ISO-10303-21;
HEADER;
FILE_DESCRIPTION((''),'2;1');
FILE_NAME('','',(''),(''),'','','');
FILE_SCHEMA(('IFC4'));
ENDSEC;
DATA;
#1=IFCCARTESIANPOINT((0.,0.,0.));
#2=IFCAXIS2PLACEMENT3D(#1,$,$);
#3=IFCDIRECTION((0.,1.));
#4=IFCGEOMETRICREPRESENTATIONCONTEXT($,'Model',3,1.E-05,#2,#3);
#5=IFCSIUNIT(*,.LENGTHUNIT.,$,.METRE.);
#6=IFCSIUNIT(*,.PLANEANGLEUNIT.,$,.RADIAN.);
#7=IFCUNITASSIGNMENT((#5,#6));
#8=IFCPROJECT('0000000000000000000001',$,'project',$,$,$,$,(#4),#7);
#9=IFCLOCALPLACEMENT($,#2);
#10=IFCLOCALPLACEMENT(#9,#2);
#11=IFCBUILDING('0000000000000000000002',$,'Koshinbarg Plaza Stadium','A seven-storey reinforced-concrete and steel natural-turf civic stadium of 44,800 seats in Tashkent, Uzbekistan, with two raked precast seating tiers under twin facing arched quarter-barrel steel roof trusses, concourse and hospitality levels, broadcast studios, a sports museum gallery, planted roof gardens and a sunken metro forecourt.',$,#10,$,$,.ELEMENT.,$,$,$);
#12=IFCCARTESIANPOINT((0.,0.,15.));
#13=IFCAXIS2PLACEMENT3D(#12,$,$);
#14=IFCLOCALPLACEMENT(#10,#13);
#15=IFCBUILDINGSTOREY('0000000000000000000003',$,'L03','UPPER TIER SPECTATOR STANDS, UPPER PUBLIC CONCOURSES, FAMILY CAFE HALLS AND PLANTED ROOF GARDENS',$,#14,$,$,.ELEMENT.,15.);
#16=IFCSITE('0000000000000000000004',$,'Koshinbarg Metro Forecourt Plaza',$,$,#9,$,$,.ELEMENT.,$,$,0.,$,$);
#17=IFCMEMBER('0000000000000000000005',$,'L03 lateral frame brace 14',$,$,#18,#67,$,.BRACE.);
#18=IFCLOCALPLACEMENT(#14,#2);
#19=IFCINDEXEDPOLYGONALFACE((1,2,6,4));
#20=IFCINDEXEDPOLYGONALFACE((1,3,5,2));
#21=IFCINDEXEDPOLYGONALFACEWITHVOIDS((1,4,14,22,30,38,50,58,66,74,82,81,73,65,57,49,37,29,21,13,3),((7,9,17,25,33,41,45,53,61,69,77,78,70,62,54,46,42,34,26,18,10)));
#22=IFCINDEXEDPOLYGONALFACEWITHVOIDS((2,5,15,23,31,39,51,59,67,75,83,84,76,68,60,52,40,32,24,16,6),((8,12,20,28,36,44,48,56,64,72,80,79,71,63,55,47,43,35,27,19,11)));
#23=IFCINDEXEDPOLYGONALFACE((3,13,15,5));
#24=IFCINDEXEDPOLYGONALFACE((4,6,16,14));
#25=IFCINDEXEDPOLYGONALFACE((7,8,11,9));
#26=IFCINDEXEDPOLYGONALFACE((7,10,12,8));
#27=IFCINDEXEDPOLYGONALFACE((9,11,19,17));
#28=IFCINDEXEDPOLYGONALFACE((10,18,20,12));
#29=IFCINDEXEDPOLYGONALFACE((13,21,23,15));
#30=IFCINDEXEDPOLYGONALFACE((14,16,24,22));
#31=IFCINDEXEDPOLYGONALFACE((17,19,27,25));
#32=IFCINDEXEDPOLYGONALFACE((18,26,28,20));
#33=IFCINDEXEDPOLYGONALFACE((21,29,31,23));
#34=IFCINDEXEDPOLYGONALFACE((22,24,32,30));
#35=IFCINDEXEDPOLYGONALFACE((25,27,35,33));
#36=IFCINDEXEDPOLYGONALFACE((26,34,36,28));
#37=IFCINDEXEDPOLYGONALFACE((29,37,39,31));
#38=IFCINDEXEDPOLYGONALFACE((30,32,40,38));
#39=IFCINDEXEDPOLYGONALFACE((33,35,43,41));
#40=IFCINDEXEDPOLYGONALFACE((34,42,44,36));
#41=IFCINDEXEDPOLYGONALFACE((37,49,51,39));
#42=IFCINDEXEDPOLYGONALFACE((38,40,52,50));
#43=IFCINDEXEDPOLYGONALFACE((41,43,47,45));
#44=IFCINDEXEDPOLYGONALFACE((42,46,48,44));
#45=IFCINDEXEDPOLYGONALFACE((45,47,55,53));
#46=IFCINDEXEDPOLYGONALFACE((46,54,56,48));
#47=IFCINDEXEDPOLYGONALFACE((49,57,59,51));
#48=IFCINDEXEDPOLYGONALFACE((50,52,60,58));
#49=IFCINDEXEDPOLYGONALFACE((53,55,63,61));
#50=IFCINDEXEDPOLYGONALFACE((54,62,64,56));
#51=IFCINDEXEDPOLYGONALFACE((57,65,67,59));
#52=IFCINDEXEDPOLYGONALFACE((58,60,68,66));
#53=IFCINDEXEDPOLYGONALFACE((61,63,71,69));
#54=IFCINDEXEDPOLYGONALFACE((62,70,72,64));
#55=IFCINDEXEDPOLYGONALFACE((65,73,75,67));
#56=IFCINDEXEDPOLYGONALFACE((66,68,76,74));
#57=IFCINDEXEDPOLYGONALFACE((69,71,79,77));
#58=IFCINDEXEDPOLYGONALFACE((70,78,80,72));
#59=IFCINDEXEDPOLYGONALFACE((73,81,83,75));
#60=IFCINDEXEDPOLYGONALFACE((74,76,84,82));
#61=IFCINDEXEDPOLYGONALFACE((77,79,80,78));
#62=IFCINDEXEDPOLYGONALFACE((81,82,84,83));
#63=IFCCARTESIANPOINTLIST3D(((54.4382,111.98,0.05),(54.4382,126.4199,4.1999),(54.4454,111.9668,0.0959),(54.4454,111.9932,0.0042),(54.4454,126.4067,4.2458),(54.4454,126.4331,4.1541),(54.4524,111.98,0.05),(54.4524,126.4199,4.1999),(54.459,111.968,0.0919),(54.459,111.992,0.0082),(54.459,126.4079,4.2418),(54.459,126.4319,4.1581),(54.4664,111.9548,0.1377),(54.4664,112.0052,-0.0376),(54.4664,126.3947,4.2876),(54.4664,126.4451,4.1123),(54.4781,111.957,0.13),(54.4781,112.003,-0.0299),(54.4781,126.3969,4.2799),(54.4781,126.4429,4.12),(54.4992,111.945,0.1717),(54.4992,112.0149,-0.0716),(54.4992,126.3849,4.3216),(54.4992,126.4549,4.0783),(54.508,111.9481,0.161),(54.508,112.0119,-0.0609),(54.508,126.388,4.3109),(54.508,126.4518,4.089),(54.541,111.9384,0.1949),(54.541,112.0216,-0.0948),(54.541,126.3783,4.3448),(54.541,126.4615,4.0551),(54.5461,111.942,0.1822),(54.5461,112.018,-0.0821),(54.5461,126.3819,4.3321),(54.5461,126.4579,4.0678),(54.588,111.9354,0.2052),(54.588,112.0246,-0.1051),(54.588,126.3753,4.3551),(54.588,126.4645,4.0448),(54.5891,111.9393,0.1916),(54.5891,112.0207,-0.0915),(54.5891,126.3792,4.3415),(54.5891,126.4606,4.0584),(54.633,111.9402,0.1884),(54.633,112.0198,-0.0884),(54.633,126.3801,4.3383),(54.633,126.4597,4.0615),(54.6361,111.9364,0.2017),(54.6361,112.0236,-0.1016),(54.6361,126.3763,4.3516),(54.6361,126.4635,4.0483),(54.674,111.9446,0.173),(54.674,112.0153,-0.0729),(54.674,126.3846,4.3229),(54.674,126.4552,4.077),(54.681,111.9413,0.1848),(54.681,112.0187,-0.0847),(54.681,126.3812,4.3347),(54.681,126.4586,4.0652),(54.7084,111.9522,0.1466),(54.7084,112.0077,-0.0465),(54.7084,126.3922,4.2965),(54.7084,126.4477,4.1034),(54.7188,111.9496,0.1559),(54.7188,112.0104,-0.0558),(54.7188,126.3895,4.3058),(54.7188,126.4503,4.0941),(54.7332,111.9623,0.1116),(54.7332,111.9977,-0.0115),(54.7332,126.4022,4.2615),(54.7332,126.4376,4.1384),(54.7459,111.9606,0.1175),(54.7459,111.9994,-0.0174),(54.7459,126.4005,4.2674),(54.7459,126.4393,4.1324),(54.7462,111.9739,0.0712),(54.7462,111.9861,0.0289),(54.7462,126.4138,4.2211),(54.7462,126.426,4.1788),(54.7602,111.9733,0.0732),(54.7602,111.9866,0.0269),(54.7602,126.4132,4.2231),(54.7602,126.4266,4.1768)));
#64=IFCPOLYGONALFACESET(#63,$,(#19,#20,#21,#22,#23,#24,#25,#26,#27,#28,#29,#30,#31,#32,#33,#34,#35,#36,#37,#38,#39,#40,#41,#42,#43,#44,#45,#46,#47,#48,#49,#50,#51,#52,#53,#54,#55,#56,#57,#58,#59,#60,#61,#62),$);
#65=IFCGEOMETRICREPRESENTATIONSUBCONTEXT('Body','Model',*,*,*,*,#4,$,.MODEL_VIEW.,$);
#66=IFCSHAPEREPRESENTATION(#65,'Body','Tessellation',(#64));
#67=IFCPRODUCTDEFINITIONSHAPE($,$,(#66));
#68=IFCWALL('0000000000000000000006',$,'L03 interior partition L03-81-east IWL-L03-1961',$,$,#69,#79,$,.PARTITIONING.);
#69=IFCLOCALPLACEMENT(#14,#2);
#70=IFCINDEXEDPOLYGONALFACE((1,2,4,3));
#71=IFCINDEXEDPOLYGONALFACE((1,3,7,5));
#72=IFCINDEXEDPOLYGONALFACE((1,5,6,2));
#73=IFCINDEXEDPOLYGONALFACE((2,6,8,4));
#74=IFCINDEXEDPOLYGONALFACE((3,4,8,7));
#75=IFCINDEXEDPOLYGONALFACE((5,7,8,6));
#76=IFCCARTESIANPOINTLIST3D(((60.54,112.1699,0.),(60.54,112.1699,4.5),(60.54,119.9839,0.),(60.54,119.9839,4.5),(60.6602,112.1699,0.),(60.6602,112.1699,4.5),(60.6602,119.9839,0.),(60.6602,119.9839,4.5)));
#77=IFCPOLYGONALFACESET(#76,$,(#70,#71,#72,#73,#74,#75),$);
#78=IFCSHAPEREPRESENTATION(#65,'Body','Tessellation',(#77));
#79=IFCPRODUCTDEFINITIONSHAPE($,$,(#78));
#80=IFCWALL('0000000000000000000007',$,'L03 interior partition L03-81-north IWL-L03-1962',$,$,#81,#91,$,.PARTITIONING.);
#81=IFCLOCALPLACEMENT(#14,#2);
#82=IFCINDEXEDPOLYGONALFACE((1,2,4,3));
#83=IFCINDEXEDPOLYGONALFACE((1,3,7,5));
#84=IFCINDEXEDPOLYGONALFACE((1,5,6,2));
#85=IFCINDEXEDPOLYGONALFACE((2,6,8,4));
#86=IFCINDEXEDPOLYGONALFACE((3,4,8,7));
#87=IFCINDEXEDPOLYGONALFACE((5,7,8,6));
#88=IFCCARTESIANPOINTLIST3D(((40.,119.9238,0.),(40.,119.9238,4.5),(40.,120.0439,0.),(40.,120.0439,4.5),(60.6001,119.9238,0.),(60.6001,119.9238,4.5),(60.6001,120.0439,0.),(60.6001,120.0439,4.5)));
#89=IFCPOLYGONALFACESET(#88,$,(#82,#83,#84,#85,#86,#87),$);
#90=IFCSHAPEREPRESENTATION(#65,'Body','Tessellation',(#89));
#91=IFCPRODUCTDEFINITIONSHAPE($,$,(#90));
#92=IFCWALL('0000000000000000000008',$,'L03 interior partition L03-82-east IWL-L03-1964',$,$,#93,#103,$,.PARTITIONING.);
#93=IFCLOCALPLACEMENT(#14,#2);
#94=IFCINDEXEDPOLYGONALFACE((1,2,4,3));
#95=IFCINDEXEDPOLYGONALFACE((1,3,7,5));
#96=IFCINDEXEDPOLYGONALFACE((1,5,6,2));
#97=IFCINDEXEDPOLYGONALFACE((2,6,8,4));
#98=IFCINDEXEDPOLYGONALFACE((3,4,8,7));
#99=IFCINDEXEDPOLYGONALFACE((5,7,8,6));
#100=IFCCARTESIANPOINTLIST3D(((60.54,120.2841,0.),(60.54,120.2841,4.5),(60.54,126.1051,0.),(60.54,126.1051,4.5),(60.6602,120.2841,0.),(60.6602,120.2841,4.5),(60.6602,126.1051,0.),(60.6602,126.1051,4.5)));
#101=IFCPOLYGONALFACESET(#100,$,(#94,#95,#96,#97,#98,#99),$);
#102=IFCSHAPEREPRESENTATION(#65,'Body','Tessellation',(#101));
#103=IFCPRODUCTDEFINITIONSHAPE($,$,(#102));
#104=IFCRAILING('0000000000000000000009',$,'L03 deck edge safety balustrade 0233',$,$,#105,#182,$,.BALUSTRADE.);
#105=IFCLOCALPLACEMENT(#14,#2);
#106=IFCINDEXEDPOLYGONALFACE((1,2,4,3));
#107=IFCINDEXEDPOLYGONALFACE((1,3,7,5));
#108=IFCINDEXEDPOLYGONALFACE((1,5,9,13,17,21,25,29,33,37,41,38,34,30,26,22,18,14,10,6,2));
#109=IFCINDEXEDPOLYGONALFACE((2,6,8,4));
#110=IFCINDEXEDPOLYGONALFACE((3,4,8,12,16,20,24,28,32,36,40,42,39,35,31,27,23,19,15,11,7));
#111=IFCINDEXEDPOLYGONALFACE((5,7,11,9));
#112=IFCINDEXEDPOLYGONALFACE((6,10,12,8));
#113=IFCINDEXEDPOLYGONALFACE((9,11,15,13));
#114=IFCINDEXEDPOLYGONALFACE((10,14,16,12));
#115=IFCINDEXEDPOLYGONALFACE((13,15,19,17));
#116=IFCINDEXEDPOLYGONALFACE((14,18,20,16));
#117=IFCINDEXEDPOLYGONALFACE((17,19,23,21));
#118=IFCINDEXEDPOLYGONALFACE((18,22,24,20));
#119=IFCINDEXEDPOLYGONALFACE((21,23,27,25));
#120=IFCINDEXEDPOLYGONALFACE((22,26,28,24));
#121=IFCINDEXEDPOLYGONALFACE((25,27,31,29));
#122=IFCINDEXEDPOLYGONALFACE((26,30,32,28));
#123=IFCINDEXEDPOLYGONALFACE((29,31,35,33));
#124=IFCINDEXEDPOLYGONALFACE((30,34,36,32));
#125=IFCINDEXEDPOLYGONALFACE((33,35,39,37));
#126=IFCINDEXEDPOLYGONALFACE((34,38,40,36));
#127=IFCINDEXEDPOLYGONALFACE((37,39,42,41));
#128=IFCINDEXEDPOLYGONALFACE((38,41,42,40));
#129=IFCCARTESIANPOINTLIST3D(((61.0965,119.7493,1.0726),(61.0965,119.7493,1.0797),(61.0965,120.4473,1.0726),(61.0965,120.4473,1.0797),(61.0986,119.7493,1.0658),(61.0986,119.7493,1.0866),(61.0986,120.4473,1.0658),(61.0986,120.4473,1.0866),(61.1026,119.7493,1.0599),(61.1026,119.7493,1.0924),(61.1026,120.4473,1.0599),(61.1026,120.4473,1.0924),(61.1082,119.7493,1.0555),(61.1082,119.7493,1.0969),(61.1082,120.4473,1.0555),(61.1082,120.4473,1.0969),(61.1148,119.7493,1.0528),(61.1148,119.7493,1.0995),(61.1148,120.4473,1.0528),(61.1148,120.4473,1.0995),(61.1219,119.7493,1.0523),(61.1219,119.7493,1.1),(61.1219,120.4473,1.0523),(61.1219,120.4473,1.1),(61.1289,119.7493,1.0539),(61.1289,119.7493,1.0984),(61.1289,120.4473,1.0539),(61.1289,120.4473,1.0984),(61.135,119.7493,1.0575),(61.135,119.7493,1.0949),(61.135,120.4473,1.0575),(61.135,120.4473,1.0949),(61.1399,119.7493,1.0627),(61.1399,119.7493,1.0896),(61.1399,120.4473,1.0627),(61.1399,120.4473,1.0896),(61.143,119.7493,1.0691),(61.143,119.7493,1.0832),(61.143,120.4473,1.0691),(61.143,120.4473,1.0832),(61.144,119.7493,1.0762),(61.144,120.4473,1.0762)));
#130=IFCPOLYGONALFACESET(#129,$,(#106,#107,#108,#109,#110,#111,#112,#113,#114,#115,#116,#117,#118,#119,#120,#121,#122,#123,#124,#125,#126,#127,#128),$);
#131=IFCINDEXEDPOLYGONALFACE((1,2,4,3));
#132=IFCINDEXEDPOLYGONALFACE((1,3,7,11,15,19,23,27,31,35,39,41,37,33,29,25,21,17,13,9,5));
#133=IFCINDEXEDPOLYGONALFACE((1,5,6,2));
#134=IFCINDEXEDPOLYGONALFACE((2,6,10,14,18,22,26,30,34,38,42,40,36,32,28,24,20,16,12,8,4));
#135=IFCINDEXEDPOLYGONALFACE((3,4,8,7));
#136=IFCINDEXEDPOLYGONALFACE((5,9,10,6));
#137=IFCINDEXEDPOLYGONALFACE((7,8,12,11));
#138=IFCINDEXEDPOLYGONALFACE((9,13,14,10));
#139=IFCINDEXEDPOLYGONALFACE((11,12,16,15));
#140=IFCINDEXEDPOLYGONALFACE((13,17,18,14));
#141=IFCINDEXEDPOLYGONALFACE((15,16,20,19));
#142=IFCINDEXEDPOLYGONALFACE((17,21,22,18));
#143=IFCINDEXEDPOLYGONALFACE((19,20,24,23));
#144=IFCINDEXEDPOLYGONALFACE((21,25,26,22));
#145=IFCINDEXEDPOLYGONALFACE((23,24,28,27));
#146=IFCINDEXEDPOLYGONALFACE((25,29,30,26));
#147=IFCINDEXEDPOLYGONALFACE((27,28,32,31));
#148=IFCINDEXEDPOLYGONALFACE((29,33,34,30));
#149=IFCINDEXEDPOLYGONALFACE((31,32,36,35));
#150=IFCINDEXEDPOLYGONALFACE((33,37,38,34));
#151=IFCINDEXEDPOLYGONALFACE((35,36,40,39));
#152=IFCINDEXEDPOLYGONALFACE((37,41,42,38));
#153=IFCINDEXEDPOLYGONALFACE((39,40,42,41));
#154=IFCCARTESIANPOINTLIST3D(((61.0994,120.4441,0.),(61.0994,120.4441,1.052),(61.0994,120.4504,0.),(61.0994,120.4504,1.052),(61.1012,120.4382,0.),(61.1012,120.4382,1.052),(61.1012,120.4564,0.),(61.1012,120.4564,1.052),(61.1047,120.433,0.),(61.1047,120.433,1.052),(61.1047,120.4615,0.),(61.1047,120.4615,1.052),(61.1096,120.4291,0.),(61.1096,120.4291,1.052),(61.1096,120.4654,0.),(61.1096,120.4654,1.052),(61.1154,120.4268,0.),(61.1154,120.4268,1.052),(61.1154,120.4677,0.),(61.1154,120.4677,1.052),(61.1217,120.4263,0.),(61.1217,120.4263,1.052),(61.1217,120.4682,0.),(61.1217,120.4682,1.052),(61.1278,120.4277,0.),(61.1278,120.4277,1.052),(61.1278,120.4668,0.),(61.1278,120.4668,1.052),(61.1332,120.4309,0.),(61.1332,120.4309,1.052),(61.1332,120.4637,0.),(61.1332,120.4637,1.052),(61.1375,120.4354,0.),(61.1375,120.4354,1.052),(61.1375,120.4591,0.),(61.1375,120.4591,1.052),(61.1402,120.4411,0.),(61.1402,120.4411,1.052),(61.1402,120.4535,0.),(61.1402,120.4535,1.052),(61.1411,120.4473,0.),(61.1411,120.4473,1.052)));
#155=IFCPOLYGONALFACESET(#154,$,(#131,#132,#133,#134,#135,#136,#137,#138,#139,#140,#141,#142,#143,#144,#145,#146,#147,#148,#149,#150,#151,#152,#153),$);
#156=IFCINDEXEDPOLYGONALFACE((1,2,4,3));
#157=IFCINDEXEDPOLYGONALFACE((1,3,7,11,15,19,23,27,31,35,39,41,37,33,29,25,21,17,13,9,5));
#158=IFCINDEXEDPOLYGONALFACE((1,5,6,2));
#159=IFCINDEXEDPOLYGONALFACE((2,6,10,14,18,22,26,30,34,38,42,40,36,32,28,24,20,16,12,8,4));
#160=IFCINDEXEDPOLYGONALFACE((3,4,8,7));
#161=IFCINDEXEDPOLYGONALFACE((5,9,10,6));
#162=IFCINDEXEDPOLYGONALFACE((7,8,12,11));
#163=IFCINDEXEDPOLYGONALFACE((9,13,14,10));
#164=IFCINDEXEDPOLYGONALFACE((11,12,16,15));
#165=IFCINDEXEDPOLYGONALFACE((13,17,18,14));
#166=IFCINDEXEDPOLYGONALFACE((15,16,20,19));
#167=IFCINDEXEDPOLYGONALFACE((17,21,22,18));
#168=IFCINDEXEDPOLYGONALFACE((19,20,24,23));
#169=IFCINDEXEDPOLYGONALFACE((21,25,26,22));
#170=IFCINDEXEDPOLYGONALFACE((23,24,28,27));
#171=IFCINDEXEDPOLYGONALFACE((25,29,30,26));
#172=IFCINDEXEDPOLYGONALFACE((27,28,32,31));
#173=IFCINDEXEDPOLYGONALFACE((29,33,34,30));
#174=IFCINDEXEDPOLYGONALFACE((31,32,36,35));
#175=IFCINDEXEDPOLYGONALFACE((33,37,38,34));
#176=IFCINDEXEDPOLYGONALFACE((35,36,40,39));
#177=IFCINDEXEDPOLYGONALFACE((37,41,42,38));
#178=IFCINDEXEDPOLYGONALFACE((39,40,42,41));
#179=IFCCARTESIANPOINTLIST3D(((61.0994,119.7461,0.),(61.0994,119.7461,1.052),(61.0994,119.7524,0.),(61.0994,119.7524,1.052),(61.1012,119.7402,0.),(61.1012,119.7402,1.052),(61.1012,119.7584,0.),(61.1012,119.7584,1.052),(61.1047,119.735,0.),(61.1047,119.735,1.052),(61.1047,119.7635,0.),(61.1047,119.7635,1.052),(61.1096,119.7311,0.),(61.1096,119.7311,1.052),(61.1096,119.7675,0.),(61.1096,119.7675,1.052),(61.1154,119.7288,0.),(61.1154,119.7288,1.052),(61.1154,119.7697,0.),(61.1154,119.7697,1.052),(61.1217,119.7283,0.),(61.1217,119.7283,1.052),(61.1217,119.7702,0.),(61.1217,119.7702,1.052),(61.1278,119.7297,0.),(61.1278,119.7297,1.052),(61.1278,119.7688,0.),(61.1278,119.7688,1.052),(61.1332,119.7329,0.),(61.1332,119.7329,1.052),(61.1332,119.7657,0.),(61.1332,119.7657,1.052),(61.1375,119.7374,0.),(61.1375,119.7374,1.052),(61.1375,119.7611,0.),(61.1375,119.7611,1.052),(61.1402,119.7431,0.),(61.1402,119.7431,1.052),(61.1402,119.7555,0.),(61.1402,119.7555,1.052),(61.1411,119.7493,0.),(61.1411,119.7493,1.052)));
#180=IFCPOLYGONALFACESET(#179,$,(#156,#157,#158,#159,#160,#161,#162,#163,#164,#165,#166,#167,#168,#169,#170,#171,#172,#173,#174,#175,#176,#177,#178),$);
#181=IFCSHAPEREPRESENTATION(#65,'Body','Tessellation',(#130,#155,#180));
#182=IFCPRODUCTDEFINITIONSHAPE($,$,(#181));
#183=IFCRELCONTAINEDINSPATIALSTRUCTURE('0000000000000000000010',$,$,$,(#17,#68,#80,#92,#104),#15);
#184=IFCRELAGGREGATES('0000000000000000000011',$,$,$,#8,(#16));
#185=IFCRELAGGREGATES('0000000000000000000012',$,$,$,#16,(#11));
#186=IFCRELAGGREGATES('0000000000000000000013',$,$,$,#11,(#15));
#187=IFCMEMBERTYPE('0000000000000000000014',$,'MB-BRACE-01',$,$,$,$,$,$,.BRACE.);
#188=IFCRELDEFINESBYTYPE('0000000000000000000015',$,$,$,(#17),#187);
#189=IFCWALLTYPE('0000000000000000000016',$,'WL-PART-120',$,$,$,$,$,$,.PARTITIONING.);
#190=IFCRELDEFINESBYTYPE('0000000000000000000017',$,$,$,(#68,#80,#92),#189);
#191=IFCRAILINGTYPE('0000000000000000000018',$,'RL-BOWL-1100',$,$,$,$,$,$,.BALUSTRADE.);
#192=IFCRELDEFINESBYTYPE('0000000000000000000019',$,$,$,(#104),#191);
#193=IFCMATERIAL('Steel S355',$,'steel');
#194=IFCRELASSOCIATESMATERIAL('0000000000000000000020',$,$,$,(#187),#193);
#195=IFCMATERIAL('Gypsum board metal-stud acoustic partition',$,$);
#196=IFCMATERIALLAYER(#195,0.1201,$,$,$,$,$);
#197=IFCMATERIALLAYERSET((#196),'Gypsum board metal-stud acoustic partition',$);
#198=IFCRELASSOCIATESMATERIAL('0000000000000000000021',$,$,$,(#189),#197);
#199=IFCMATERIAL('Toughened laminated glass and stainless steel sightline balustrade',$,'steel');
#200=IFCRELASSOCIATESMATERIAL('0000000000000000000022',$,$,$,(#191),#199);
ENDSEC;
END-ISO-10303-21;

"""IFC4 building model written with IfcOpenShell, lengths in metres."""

from ifc_helpers import new_model, si_unit, direction, frame, frame_2d, origin, origin_2d, place, context, subcontext, project, spatial, rectangle, circle, hollow_circle, extrude, material, layer, layer_set, material_profile, profile_set, type_object, element, save


model = new_model("IFC4")

# Units and contexts
model_context = context("Model", 3, precision=1e-05, world=origin(), true_north=direction((0.0, 1.0)))
body_context = subcontext(model_context, "Body", "Model", "MODEL_VIEW")
ifc_project = project(units=[si_unit("LENGTHUNIT", "METRE"), si_unit("PLANEANGLEUNIT", "RADIAN")], contexts=[model_context])

# Site, building, storey
site_placement = place(None, origin())
site = spatial("IfcSite", under=ifc_project, at=site_placement, Name="Koshinbarg Metro Forecourt Plaza", CompositionType="ELEMENT", RefElevation=0.0)
building_placement = place(site_placement, origin())
building = spatial("IfcBuilding", under=site, at=building_placement, Name="Koshinbarg Plaza Stadium", Description="A seven-storey reinforced-concrete and steel natural-turf civic stadium of 44,800 seats in Tashkent, Uzbekistan, with two raked precast seating tiers under twin facing arched quarter-barrel steel roof trusses, concourse and hospitality levels, broadcast studios, a sports museum gallery, planted roof gardens and a sunken metro forecourt.", CompositionType="ELEMENT")
storey_placement = place(building_placement, frame((0.0, 0.0, 15.0)))
storey = spatial("IfcBuildingStorey", under=building, at=storey_placement, Name="L03", Description="UPPER TIER SPECTATOR STANDS, UPPER PUBLIC CONCOURSES, FAMILY CAFE HALLS AND PLANTED ROOF GARDENS", CompositionType="ELEMENT", Elevation=15.0)

# Shared definitions
ifc_material_1 = material(Name="Steel S355", Category="steel")

# Member
ifc_material_profile_1 = material_profile(ifc_material_1, hollow_circle(Radius=0.1619, WallThickness=0.0142, at=origin_2d()), Name="CHS 323.9x14.2")
ifc_profile_set_1 = profile_set([ifc_material_profile_1], Name="Steel S355")
member_type = type_object("IfcMemberType", Name="MB-BRACE-01", PredefinedType="BRACE", material=ifc_profile_set_1)
member_placement = place(storey_placement, frame((54.6001, 111.98, 0.05), z_axis=(0.0, 0.961097, 0.27621), x_axis=(-1.0, 0.0, 0.0)))
element("IfcMember", 1, at=member_placement, inside=storey, type_object=member_type, Name="L03 lateral frame brace 14", PredefinedType="BRACE", context=body_context, shape_type="SweptSolid", body=[
    extrude(hollow_circle(Radius=0.1619, WallThickness=0.0142, at=origin_2d()), origin(), (0.0, 0.0, 1.0), 15.0244),
])

# Walls
ifc_material_2 = material(Name="Gypsum board metal-stud acoustic partition")
ifc_layer = layer(ifc_material_2, 0.1201)
ifc_layer_set = layer_set([ifc_layer], Name="Gypsum board metal-stud acoustic partition")
wall_type = type_object("IfcWallType", Name="WL-PART-120", PredefinedType="PARTITIONING", material=ifc_layer_set)
wall_1_placement = place(storey_placement, frame((60.6001, 112.1699, 0.0), z_axis=(0.0, 0.0, 1.0), x_axis=(0.0, 1.0, 0.0)))
element("IfcWall", 2, at=wall_1_placement, inside=storey, type_object=wall_type, Name="L03 interior partition L03-81-east IWL-L03-1961", PredefinedType="PARTITIONING", context=body_context, shape_type="SweptSolid", body=[
    extrude(rectangle(XDim=7.814, YDim=0.1201, at=frame_2d((3.907, 0.0))), origin(), (0.0, 0.0, 1.0), 4.5),
])
wall_2_placement = place(storey_placement, frame((60.6001, 119.9839, 0.0), z_axis=(0.0, 0.0, 1.0), x_axis=(-1.0, 0.0, 0.0)))
element("IfcWall", 3, at=wall_2_placement, inside=storey, type_object=wall_type, Name="L03 interior partition L03-81-north IWL-L03-1962", PredefinedType="PARTITIONING", context=body_context, shape_type="SweptSolid", body=[
    extrude(rectangle(XDim=20.6001, YDim=0.1201, at=frame_2d((10.3, 0.0))), origin(), (0.0, 0.0, 1.0), 4.5),
])
wall_3_placement = place(storey_placement, frame((60.6001, 120.2839, 0.0), z_axis=(0.0, 0.0, 1.0), x_axis=(0.0, 1.0, 0.0)))
element("IfcWall", 4, at=wall_3_placement, inside=storey, type_object=wall_type, Name="L03 interior partition L03-82-east IWL-L03-1964", PredefinedType="PARTITIONING", context=body_context, shape_type="SweptSolid", body=[
    extrude(rectangle(XDim=5.821, YDim=0.1201, at=frame_2d((2.9106, 0.0))), origin(), (0.0, 0.0, 1.0), 4.5),
])

# Railing
ifc_material_3 = material(Name="Toughened laminated glass and stainless steel sightline balustrade", Category="steel")
railing_type = type_object("IfcRailingType", Name="RL-BOWL-1100", PredefinedType="BALUSTRADE", material=ifc_material_3)
railing_1_placement = place(storey_placement, frame((61.1201, 120.4473, 0.0)))
element("IfcRailing", 5, at=railing_1_placement, inside=storey, type_object=railing_type, Name="L03 deck edge safety balustrade 0233", PredefinedType="BALUSTRADE", context=body_context, shape_type="SweptSolid", body=[
    extrude(circle(Radius=0.0239, at=origin_2d()), frame((0.0, 0.0, 1.0762), z_axis=(0.0, -1.0, 0.0), x_axis=(1.0, 0.0, 0.0)), (0.0, 0.0, 1.0), 0.698),
    extrude(circle(Radius=0.021, at=origin_2d()), origin(), (0.0, 0.0, 1.0), 1.052),
    extrude(circle(Radius=0.021, at=origin_2d()), frame((0.0, -0.698, 0.0)), (0.0, 0.0, 1.0), 1.052),
])

save(model, "model.ifc")
